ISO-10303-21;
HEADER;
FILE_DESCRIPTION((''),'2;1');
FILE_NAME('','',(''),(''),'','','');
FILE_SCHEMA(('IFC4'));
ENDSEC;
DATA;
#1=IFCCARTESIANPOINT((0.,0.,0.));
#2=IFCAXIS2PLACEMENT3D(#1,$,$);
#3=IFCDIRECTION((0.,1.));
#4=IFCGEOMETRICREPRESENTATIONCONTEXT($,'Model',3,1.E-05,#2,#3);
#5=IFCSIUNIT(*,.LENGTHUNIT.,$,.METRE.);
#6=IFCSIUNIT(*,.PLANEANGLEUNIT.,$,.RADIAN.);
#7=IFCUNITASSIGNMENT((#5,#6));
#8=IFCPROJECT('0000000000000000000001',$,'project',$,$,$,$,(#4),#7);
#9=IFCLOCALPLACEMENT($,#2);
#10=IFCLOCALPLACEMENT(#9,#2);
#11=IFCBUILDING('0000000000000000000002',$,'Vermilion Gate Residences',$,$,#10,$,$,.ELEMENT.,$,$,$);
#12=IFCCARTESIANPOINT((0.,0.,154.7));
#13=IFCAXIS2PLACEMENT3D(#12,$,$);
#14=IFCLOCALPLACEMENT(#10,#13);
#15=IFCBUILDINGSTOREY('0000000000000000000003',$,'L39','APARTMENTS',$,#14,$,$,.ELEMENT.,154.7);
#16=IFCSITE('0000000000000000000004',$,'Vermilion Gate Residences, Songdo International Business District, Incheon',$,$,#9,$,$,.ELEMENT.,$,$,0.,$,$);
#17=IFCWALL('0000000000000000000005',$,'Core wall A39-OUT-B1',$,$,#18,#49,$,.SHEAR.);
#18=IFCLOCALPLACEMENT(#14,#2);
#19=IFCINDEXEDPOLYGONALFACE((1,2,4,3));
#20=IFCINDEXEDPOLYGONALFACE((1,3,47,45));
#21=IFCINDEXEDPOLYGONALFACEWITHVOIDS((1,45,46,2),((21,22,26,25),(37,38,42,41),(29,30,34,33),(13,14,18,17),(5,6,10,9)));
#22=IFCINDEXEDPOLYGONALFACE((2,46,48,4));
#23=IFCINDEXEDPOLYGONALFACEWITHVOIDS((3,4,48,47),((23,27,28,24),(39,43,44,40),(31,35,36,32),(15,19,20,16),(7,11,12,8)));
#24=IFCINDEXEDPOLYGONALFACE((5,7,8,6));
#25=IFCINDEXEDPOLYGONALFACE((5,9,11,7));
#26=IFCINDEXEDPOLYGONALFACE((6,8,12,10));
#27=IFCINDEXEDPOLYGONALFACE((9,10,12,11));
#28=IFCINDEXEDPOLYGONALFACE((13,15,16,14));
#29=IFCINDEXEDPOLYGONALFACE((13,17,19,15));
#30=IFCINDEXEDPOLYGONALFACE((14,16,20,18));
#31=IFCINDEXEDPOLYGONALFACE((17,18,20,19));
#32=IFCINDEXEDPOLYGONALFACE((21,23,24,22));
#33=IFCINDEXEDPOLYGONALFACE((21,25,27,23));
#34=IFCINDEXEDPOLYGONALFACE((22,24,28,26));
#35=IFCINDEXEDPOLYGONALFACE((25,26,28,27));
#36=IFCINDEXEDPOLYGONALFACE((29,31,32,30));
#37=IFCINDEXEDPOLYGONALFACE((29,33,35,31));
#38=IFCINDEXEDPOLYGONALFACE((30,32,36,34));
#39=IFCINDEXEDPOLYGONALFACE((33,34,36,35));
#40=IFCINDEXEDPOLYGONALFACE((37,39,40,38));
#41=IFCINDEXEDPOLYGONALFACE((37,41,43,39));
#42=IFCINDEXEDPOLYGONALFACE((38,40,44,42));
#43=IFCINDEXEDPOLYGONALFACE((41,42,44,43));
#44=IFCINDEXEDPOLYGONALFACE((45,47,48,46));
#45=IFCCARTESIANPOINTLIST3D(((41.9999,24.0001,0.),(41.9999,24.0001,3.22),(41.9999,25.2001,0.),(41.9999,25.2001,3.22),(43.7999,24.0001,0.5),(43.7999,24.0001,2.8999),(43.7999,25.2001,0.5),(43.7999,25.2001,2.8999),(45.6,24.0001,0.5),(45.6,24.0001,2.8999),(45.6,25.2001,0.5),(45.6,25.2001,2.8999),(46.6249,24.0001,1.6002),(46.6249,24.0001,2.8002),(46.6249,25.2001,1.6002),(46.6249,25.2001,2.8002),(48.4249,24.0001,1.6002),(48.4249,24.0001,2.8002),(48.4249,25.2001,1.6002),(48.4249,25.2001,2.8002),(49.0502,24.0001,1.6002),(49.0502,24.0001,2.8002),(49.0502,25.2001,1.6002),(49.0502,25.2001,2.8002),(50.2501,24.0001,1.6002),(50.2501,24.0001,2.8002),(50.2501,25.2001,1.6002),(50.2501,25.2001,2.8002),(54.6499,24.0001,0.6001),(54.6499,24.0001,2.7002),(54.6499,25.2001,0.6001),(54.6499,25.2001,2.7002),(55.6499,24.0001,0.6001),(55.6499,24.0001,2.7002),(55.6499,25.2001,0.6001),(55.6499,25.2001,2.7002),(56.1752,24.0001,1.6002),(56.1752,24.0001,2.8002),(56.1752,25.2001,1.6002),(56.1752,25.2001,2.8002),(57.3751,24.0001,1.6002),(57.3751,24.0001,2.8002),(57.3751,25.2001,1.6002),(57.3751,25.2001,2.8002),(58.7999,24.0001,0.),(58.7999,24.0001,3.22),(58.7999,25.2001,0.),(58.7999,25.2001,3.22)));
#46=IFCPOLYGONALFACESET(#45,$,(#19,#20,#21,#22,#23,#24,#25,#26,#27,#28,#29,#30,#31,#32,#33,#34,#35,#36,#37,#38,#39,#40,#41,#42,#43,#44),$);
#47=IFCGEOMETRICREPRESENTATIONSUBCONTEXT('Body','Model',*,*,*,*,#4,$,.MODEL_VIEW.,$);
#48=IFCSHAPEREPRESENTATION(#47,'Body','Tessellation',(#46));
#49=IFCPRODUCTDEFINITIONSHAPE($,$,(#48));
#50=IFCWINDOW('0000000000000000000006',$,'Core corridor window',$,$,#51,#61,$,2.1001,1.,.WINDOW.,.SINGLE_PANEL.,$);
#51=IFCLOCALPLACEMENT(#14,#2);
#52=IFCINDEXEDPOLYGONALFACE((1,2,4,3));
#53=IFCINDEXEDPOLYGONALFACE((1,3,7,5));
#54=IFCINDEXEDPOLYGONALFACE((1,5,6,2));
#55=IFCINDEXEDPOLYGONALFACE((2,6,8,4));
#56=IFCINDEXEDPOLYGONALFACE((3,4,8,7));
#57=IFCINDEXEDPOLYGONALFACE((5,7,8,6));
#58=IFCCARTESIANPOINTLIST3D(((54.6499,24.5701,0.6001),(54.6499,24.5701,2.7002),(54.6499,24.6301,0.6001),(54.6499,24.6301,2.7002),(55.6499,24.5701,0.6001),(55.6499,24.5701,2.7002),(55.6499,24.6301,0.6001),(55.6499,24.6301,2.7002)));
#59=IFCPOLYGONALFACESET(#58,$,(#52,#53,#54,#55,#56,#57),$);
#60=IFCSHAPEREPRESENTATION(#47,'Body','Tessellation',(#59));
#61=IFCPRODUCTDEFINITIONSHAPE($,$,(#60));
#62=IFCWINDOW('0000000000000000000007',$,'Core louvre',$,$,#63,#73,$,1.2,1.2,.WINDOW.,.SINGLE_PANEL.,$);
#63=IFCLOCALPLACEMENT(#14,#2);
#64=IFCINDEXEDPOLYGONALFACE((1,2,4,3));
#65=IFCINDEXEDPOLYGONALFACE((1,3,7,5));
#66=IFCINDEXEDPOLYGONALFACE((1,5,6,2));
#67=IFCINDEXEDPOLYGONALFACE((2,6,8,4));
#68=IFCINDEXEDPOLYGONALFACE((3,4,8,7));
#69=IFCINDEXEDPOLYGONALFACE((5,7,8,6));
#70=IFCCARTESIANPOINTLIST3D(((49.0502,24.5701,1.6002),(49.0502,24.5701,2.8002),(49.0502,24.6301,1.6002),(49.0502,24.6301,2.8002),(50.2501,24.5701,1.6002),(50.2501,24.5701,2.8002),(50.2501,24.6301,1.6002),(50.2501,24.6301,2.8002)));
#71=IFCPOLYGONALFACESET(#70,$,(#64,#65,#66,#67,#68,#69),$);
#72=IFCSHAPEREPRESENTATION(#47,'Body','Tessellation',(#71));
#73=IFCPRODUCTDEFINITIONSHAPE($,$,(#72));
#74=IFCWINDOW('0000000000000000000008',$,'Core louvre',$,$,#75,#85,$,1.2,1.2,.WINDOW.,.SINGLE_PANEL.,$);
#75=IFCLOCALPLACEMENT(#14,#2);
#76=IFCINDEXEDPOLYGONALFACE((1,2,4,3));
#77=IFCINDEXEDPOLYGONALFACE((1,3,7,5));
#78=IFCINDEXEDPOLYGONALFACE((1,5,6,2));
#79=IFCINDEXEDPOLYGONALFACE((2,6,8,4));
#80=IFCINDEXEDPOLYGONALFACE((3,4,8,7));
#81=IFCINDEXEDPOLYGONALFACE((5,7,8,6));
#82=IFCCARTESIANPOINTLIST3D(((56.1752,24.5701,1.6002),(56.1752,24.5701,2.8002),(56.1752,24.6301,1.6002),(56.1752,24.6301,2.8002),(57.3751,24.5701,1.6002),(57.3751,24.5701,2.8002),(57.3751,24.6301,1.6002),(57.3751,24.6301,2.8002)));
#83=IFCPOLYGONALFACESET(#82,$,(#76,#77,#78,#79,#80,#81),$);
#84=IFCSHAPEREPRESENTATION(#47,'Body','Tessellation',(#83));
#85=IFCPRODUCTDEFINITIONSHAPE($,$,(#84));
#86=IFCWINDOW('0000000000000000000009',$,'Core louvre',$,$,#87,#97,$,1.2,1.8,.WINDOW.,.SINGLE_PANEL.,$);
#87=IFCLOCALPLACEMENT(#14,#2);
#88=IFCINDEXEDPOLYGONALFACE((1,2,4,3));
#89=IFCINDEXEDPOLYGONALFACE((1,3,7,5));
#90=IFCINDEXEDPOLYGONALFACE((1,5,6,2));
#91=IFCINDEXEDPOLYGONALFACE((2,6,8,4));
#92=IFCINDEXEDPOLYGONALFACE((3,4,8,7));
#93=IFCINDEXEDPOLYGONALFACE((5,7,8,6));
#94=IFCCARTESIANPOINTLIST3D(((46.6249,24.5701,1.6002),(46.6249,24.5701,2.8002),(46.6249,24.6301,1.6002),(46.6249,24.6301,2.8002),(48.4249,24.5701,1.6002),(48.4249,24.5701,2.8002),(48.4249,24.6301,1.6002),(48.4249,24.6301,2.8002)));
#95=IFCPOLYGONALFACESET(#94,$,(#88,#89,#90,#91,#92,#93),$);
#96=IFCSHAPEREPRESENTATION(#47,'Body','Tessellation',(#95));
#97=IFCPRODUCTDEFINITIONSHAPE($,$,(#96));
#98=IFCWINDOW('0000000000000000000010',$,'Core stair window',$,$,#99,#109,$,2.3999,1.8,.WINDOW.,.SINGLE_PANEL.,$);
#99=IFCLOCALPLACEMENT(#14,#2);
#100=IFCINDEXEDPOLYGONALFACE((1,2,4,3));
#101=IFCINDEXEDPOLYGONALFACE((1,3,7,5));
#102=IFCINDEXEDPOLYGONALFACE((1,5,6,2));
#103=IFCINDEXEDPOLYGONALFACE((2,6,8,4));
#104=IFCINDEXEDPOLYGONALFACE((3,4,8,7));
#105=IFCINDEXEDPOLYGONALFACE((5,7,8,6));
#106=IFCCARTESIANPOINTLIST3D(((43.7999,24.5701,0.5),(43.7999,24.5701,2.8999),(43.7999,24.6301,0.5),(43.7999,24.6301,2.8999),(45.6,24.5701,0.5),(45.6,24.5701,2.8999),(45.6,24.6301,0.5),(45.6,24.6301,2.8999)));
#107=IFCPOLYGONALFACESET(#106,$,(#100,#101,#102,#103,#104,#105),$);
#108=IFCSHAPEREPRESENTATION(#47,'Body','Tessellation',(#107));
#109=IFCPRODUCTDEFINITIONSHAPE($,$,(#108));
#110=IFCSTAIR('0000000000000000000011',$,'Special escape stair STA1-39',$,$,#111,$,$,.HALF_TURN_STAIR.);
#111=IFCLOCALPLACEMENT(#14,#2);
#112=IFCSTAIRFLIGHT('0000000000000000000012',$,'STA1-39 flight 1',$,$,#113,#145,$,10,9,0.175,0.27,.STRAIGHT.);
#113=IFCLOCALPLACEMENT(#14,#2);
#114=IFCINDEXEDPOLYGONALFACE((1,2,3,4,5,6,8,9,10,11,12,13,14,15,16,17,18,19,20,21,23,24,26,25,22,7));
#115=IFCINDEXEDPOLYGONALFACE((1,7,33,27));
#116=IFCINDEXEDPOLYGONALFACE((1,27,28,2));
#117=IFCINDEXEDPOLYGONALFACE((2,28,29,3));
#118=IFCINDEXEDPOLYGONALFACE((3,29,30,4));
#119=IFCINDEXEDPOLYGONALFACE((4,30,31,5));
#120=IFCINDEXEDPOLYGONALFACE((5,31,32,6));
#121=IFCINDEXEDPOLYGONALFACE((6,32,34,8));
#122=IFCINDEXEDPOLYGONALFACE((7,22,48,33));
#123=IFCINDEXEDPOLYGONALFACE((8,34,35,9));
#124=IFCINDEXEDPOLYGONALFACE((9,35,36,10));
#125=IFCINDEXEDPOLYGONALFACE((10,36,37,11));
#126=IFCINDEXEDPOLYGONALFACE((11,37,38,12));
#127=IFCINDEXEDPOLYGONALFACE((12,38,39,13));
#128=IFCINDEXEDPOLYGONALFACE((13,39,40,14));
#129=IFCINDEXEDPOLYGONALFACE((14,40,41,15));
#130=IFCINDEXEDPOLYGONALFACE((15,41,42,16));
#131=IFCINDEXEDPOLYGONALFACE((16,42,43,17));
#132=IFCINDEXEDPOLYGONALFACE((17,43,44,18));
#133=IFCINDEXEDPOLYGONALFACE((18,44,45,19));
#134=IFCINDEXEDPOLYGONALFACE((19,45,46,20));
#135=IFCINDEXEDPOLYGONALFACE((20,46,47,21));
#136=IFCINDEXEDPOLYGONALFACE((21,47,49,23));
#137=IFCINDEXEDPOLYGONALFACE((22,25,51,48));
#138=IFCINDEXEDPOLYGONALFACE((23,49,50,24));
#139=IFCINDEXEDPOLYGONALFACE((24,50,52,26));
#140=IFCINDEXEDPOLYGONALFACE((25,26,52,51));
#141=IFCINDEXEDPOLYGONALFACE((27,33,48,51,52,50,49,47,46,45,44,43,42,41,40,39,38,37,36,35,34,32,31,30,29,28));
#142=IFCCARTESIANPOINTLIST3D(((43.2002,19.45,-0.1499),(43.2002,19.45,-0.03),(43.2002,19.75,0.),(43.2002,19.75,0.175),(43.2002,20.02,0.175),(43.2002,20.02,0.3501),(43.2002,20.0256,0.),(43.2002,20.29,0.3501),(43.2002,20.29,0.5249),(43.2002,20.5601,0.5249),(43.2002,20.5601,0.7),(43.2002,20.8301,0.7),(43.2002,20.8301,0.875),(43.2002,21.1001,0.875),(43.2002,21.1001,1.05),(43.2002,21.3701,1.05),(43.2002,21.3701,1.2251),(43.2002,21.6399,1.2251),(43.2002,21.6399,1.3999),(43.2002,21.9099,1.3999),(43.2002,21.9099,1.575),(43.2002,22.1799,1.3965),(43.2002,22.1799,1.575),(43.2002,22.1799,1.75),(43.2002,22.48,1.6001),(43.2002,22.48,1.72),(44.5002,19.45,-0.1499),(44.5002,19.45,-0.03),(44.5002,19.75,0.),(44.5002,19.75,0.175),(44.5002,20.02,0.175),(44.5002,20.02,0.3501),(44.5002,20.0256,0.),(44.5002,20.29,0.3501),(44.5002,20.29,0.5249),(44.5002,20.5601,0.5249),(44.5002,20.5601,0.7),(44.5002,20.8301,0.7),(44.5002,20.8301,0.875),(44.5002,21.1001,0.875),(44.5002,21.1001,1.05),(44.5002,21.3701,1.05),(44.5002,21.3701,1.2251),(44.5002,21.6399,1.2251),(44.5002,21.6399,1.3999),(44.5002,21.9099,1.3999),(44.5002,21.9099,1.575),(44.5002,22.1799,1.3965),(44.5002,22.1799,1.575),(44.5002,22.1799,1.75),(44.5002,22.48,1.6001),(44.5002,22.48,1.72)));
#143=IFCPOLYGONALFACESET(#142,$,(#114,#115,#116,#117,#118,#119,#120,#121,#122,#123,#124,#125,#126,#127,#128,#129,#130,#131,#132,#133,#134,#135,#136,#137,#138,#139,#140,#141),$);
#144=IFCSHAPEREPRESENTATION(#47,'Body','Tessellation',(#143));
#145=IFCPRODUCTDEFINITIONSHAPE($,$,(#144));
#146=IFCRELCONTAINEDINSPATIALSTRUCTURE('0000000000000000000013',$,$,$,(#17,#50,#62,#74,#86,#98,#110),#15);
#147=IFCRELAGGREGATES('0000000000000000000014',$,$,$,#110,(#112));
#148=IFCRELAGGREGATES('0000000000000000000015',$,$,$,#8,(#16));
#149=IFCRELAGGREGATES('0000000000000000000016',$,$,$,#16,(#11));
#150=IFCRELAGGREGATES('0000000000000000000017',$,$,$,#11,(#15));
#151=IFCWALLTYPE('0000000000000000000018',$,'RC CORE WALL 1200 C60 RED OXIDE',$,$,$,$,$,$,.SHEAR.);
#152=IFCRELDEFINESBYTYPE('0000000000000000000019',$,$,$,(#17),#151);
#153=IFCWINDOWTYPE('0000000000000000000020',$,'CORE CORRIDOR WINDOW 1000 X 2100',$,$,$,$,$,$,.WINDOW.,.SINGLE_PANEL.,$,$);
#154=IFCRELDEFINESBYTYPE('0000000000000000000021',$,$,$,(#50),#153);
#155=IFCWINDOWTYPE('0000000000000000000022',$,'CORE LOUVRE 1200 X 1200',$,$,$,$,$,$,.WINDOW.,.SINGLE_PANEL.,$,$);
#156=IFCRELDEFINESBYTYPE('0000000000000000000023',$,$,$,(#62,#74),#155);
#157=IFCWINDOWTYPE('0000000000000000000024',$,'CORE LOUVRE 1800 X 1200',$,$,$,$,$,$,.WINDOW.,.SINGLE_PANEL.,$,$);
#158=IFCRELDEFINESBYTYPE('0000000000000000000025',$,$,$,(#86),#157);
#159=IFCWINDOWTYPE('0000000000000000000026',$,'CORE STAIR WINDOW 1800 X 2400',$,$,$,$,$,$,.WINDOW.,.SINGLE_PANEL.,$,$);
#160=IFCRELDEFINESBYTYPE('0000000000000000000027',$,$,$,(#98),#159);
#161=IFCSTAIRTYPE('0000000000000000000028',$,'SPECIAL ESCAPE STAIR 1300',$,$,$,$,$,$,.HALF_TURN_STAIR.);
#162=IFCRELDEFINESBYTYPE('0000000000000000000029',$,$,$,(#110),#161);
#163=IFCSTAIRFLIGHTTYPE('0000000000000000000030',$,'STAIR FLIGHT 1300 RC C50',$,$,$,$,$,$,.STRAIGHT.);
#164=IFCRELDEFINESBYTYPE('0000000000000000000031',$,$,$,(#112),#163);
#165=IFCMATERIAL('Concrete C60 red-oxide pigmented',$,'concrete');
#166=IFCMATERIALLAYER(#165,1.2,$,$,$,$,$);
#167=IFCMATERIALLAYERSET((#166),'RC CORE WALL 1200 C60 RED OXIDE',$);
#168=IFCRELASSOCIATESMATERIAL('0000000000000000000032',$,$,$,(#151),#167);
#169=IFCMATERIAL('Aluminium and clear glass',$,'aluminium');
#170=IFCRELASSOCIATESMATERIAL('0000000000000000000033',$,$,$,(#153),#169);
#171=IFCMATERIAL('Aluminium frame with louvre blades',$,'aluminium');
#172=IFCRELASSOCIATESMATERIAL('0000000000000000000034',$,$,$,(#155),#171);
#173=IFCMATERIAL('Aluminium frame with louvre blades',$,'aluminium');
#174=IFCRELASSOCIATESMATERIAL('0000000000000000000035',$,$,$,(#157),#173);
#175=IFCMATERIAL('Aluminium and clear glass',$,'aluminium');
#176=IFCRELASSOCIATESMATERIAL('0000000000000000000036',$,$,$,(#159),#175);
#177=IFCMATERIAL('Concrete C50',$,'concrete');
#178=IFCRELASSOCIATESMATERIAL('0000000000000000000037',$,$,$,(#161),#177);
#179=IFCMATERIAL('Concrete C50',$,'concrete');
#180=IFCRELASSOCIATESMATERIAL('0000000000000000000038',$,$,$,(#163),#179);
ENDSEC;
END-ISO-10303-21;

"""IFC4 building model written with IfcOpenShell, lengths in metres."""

from ifc_helpers import new_model, si_unit, direction, frame, frame_2d, origin, place, context, subcontext, project, spatial, polyline, rectangle, outline, extrude, material, layer, layer_set, type_object, element, fill, aggregate, save


model = new_model("IFC4")

# Units and contexts
model_context = context("Model", 3, precision=1e-05, world=origin(), true_north=direction((0.0, 1.0)))
body_context = subcontext(model_context, "Body", "Model", "MODEL_VIEW")
ifc_project = project(units=[si_unit("LENGTHUNIT", "METRE"), si_unit("PLANEANGLEUNIT", "RADIAN")], contexts=[model_context])

# Site, building, storey
site_placement = place(None, origin())
site = spatial("IfcSite", under=ifc_project, at=site_placement, Name="Vermilion Gate Residences, Songdo International Business District, Incheon", CompositionType="ELEMENT", RefElevation=0.0)
building_placement = place(site_placement, origin())
building = spatial("IfcBuilding", under=site, at=building_placement, Name="Vermilion Gate Residences", CompositionType="ELEMENT")
storey_placement = place(building_placement, frame((0.0, 0.0, 154.7)))
storey = spatial("IfcBuildingStorey", under=building, at=storey_placement, Name="L39", Description="APARTMENTS", CompositionType="ELEMENT", Elevation=154.7)

# Wall, openings, windows
ifc_material_1 = material(Name="Concrete C60 red-oxide pigmented", Category="concrete")
ifc_layer_1 = layer(ifc_material_1, 1.2)
ifc_layer_set_1 = layer_set([ifc_layer_1], Name="RC CORE WALL 1200 C60 RED OXIDE")
wall_type_1 = type_object("IfcWallType", Name="RC CORE WALL 1200 C60 RED OXIDE", PredefinedType="SHEAR", material=ifc_layer_set_1)
wall_1_placement = place(storey_placement, frame((42.0, 24.6001, 0.0), z_axis=(0.0, 0.0, 1.0), x_axis=(1.0, 0.0, 0.0)))
wall_1 = element("IfcWall", 1, at=wall_1_placement, inside=storey, type_object=wall_type_1, Name="Core wall A39-OUT-B1", PredefinedType="SHEAR", context=body_context, shape_type="SweptSolid", body=[
    extrude(rectangle(XDim=16.8, YDim=1.2, at=frame_2d((8.3999, 0.0))), origin(), (0.0, 0.0, 1.0), 3.22),
])
opening_1_placement = place(wall_1_placement, frame((1.8, 0.0, 0.5)))
opening_1 = element("IfcOpeningElement", 2, at=opening_1_placement, cuts=wall_1, PredefinedType="OPENING", context=body_context, shape_type="SweptSolid", body=[
    extrude(rectangle(XDim=1.8, YDim=2.3999, at=frame_2d((0.8999, 1.2))), frame((0.0, 0.6099, 0.0), z_axis=(0.0, -1.0, 0.0), x_axis=(1.0, 0.0, 0.0)), (0.0, 0.0, 1.0), 1.22),
])
opening_2_placement = place(wall_1_placement, frame((4.625, 0.0, 1.6001)))
opening_2 = element("IfcOpeningElement", 3, at=opening_2_placement, cuts=wall_1, PredefinedType="OPENING", context=body_context, shape_type="SweptSolid", body=[
    extrude(rectangle(XDim=1.8, YDim=1.2, at=frame_2d((0.8999, 0.6001))), frame((0.0, 0.6099, 0.0), z_axis=(0.0, -1.0, 0.0), x_axis=(1.0, 0.0, 0.0)), (0.0, 0.0, 1.0), 1.22),
])
opening_3_placement = place(wall_1_placement, frame((7.05, 0.0, 1.6001)))
opening_3 = element("IfcOpeningElement", 4, at=opening_3_placement, cuts=wall_1, PredefinedType="OPENING", context=body_context, shape_type="SweptSolid", body=[
    extrude(rectangle(XDim=1.2, YDim=1.2, at=frame_2d((0.6001, 0.6001))), frame((0.0, 0.6099, 0.0), z_axis=(0.0, -1.0, 0.0), x_axis=(1.0, 0.0, 0.0)), (0.0, 0.0, 1.0), 1.22),
])
opening_4_placement = place(wall_1_placement, frame((12.6499, 0.0, 0.6001)))
opening_4 = element("IfcOpeningElement", 5, at=opening_4_placement, cuts=wall_1, PredefinedType="OPENING", context=body_context, shape_type="SweptSolid", body=[
    extrude(rectangle(XDim=1.0, YDim=2.1001, at=frame_2d((0.5, 1.05))), frame((0.0, 0.6099, 0.0), z_axis=(0.0, -1.0, 0.0), x_axis=(1.0, 0.0, 0.0)), (0.0, 0.0, 1.0), 1.22),
])
opening_5_placement = place(wall_1_placement, frame((14.175, 0.0, 1.6001)))
opening_5 = element("IfcOpeningElement", 6, at=opening_5_placement, cuts=wall_1, PredefinedType="OPENING", context=body_context, shape_type="SweptSolid", body=[
    extrude(rectangle(XDim=1.2, YDim=1.2, at=frame_2d((0.6001, 0.6001))), frame((0.0, 0.6099, 0.0), z_axis=(0.0, -1.0, 0.0), x_axis=(1.0, 0.0, 0.0)), (0.0, 0.0, 1.0), 1.22),
])
ifc_material_2 = material(Name="Aluminium and clear glass", Category="aluminium")
window_type_1 = type_object("IfcWindowType", Name="CORE CORRIDOR WINDOW 1000 X 2100", PartitioningType="SINGLE_PANEL", PredefinedType="WINDOW", material=ifc_material_2)
window_1_placement = place(opening_4_placement, origin())
window_1 = element("IfcWindow", 7, at=window_1_placement, inside=storey, type_object=window_type_1, Name="Core corridor window", OverallHeight=2.1001, OverallWidth=1.0, PartitioningType="SINGLE_PANEL", PredefinedType="WINDOW", context=body_context, shape_type="SweptSolid", body=[
    extrude(rectangle(XDim=1.0, YDim=2.1001, at=frame_2d((0.5, 1.05))), frame((0.0, 0.03, 0.0), z_axis=(0.0, -1.0, 0.0), x_axis=(1.0, 0.0, 0.0)), (0.0, 0.0, 1.0), 0.0601),
])
fill(opening_4, window_1)
ifc_material_3 = material(Name="Aluminium frame with louvre blades", Category="aluminium")
window_type_2 = type_object("IfcWindowType", Name="CORE LOUVRE 1200 X 1200", PartitioningType="SINGLE_PANEL", PredefinedType="WINDOW", material=ifc_material_3)
window_2_placement = place(opening_3_placement, origin())
window_2 = element("IfcWindow", 8, at=window_2_placement, inside=storey, type_object=window_type_2, Name="Core louvre", OverallHeight=1.2, OverallWidth=1.2, PartitioningType="SINGLE_PANEL", PredefinedType="WINDOW", context=body_context, shape_type="SweptSolid", body=[
    extrude(rectangle(XDim=1.2, YDim=1.2, at=frame_2d((0.6001, 0.6001))), frame((0.0, 0.03, 0.0), z_axis=(0.0, -1.0, 0.0), x_axis=(1.0, 0.0, 0.0)), (0.0, 0.0, 1.0), 0.0601),
])
fill(opening_3, window_2)
window_3_placement = place(opening_5_placement, origin())
window_3 = element("IfcWindow", 9, at=window_3_placement, inside=storey, type_object=window_type_2, Name="Core louvre", OverallHeight=1.2, OverallWidth=1.2, PartitioningType="SINGLE_PANEL", PredefinedType="WINDOW", context=body_context, shape_type="SweptSolid", body=[
    extrude(rectangle(XDim=1.2, YDim=1.2, at=frame_2d((0.6001, 0.6001))), frame((0.0, 0.03, 0.0), z_axis=(0.0, -1.0, 0.0), x_axis=(1.0, 0.0, 0.0)), (0.0, 0.0, 1.0), 0.0601),
])
fill(opening_5, window_3)
ifc_material_4 = material(Name="Aluminium frame with louvre blades", Category="aluminium")
window_type_3 = type_object("IfcWindowType", Name="CORE LOUVRE 1800 X 1200", PartitioningType="SINGLE_PANEL", PredefinedType="WINDOW", material=ifc_material_4)
window_4_placement = place(opening_2_placement, origin())
window_4 = element("IfcWindow", 10, at=window_4_placement, inside=storey, type_object=window_type_3, Name="Core louvre", OverallHeight=1.2, OverallWidth=1.8, PartitioningType="SINGLE_PANEL", PredefinedType="WINDOW", context=body_context, shape_type="SweptSolid", body=[
    extrude(rectangle(XDim=1.8, YDim=1.2, at=frame_2d((0.8999, 0.6001))), frame((0.0, 0.03, 0.0), z_axis=(0.0, -1.0, 0.0), x_axis=(1.0, 0.0, 0.0)), (0.0, 0.0, 1.0), 0.0601),
])
fill(opening_2, window_4)
ifc_material_5 = material(Name="Aluminium and clear glass", Category="aluminium")
window_type_4 = type_object("IfcWindowType", Name="CORE STAIR WINDOW 1800 X 2400", PartitioningType="SINGLE_PANEL", PredefinedType="WINDOW", material=ifc_material_5)
window_5_placement = place(opening_1_placement, origin())
window_5 = element("IfcWindow", 11, at=window_5_placement, inside=storey, type_object=window_type_4, Name="Core stair window", OverallHeight=2.3999, OverallWidth=1.8, PartitioningType="SINGLE_PANEL", PredefinedType="WINDOW", context=body_context, shape_type="SweptSolid", body=[
    extrude(rectangle(XDim=1.8, YDim=2.3999, at=frame_2d((0.8999, 1.2))), frame((0.0, 0.03, 0.0), z_axis=(0.0, -1.0, 0.0), x_axis=(1.0, 0.0, 0.0)), (0.0, 0.0, 1.0), 0.0601),
])
fill(opening_1, window_5)

# Stair, stair flight
ifc_material_6 = material(Name="Concrete C50", Category="concrete")
stair_type = type_object("IfcStairType", Name="SPECIAL ESCAPE STAIR 1300", PredefinedType="HALF_TURN_STAIR", material=ifc_material_6)
stair_placement = place(storey_placement, origin())
stair = element("IfcStair", 12, at=stair_placement, inside=storey, type_object=stair_type, Name="Special escape stair STA1-39", PredefinedType="HALF_TURN_STAIR")
ifc_material_7 = material(Name="Concrete C50", Category="concrete")
stair_flight_type = type_object("IfcStairFlightType", Name="STAIR FLIGHT 1300 RC C50", PredefinedType="STRAIGHT", material=ifc_material_7)
stair_flight_1_placement = place(storey_placement, frame((43.8501, 19.75, 0.0), z_axis=(0.0, 0.0, 1.0), x_axis=(0.0, 1.0, 0.0)))
stair_flight_1 = element("IfcStairFlight", 13, at=stair_flight_1_placement, type_object=stair_flight_type, Name="STA1-39 flight 1", NumberOfRisers=10, NumberOfTreads=9, PredefinedType="STRAIGHT", RiserHeight=0.175, TreadLength=0.27, context=body_context, shape_type="SweptSolid", body=[
    extrude(outline(polyline([(-0.3, -0.1499), (-0.3, -0.03), (0.0, 0.0), (0.0, 0.175), (0.27, 0.175), (0.27, 0.3501), (0.54, 0.3501), (0.54, 0.5249), (0.8101, 0.5249), (0.8101, 0.7), (1.0801, 0.7), (1.0801, 0.875), (1.3501, 0.875), (1.3501, 1.05), (1.6201, 1.05), (1.6201, 1.2251), (1.8899, 1.2251), (1.8899, 1.3999), (2.1599, 1.3999), (2.1599, 1.575), (2.4299, 1.575), (2.4299, 1.75), (2.73, 1.72), (2.73, 1.6001), (2.4299, 1.3965), (0.2756, 0.0), (-0.3, -0.1499)])), frame((0.0, 0.6499, 0.0), z_axis=(0.0, -1.0, 0.0), x_axis=(1.0, 0.0, 0.0)), (0.0, 0.0, 1.0), 1.3),
])
aggregate(stair, [stair_flight_1])

save(model, "model.ifc")
